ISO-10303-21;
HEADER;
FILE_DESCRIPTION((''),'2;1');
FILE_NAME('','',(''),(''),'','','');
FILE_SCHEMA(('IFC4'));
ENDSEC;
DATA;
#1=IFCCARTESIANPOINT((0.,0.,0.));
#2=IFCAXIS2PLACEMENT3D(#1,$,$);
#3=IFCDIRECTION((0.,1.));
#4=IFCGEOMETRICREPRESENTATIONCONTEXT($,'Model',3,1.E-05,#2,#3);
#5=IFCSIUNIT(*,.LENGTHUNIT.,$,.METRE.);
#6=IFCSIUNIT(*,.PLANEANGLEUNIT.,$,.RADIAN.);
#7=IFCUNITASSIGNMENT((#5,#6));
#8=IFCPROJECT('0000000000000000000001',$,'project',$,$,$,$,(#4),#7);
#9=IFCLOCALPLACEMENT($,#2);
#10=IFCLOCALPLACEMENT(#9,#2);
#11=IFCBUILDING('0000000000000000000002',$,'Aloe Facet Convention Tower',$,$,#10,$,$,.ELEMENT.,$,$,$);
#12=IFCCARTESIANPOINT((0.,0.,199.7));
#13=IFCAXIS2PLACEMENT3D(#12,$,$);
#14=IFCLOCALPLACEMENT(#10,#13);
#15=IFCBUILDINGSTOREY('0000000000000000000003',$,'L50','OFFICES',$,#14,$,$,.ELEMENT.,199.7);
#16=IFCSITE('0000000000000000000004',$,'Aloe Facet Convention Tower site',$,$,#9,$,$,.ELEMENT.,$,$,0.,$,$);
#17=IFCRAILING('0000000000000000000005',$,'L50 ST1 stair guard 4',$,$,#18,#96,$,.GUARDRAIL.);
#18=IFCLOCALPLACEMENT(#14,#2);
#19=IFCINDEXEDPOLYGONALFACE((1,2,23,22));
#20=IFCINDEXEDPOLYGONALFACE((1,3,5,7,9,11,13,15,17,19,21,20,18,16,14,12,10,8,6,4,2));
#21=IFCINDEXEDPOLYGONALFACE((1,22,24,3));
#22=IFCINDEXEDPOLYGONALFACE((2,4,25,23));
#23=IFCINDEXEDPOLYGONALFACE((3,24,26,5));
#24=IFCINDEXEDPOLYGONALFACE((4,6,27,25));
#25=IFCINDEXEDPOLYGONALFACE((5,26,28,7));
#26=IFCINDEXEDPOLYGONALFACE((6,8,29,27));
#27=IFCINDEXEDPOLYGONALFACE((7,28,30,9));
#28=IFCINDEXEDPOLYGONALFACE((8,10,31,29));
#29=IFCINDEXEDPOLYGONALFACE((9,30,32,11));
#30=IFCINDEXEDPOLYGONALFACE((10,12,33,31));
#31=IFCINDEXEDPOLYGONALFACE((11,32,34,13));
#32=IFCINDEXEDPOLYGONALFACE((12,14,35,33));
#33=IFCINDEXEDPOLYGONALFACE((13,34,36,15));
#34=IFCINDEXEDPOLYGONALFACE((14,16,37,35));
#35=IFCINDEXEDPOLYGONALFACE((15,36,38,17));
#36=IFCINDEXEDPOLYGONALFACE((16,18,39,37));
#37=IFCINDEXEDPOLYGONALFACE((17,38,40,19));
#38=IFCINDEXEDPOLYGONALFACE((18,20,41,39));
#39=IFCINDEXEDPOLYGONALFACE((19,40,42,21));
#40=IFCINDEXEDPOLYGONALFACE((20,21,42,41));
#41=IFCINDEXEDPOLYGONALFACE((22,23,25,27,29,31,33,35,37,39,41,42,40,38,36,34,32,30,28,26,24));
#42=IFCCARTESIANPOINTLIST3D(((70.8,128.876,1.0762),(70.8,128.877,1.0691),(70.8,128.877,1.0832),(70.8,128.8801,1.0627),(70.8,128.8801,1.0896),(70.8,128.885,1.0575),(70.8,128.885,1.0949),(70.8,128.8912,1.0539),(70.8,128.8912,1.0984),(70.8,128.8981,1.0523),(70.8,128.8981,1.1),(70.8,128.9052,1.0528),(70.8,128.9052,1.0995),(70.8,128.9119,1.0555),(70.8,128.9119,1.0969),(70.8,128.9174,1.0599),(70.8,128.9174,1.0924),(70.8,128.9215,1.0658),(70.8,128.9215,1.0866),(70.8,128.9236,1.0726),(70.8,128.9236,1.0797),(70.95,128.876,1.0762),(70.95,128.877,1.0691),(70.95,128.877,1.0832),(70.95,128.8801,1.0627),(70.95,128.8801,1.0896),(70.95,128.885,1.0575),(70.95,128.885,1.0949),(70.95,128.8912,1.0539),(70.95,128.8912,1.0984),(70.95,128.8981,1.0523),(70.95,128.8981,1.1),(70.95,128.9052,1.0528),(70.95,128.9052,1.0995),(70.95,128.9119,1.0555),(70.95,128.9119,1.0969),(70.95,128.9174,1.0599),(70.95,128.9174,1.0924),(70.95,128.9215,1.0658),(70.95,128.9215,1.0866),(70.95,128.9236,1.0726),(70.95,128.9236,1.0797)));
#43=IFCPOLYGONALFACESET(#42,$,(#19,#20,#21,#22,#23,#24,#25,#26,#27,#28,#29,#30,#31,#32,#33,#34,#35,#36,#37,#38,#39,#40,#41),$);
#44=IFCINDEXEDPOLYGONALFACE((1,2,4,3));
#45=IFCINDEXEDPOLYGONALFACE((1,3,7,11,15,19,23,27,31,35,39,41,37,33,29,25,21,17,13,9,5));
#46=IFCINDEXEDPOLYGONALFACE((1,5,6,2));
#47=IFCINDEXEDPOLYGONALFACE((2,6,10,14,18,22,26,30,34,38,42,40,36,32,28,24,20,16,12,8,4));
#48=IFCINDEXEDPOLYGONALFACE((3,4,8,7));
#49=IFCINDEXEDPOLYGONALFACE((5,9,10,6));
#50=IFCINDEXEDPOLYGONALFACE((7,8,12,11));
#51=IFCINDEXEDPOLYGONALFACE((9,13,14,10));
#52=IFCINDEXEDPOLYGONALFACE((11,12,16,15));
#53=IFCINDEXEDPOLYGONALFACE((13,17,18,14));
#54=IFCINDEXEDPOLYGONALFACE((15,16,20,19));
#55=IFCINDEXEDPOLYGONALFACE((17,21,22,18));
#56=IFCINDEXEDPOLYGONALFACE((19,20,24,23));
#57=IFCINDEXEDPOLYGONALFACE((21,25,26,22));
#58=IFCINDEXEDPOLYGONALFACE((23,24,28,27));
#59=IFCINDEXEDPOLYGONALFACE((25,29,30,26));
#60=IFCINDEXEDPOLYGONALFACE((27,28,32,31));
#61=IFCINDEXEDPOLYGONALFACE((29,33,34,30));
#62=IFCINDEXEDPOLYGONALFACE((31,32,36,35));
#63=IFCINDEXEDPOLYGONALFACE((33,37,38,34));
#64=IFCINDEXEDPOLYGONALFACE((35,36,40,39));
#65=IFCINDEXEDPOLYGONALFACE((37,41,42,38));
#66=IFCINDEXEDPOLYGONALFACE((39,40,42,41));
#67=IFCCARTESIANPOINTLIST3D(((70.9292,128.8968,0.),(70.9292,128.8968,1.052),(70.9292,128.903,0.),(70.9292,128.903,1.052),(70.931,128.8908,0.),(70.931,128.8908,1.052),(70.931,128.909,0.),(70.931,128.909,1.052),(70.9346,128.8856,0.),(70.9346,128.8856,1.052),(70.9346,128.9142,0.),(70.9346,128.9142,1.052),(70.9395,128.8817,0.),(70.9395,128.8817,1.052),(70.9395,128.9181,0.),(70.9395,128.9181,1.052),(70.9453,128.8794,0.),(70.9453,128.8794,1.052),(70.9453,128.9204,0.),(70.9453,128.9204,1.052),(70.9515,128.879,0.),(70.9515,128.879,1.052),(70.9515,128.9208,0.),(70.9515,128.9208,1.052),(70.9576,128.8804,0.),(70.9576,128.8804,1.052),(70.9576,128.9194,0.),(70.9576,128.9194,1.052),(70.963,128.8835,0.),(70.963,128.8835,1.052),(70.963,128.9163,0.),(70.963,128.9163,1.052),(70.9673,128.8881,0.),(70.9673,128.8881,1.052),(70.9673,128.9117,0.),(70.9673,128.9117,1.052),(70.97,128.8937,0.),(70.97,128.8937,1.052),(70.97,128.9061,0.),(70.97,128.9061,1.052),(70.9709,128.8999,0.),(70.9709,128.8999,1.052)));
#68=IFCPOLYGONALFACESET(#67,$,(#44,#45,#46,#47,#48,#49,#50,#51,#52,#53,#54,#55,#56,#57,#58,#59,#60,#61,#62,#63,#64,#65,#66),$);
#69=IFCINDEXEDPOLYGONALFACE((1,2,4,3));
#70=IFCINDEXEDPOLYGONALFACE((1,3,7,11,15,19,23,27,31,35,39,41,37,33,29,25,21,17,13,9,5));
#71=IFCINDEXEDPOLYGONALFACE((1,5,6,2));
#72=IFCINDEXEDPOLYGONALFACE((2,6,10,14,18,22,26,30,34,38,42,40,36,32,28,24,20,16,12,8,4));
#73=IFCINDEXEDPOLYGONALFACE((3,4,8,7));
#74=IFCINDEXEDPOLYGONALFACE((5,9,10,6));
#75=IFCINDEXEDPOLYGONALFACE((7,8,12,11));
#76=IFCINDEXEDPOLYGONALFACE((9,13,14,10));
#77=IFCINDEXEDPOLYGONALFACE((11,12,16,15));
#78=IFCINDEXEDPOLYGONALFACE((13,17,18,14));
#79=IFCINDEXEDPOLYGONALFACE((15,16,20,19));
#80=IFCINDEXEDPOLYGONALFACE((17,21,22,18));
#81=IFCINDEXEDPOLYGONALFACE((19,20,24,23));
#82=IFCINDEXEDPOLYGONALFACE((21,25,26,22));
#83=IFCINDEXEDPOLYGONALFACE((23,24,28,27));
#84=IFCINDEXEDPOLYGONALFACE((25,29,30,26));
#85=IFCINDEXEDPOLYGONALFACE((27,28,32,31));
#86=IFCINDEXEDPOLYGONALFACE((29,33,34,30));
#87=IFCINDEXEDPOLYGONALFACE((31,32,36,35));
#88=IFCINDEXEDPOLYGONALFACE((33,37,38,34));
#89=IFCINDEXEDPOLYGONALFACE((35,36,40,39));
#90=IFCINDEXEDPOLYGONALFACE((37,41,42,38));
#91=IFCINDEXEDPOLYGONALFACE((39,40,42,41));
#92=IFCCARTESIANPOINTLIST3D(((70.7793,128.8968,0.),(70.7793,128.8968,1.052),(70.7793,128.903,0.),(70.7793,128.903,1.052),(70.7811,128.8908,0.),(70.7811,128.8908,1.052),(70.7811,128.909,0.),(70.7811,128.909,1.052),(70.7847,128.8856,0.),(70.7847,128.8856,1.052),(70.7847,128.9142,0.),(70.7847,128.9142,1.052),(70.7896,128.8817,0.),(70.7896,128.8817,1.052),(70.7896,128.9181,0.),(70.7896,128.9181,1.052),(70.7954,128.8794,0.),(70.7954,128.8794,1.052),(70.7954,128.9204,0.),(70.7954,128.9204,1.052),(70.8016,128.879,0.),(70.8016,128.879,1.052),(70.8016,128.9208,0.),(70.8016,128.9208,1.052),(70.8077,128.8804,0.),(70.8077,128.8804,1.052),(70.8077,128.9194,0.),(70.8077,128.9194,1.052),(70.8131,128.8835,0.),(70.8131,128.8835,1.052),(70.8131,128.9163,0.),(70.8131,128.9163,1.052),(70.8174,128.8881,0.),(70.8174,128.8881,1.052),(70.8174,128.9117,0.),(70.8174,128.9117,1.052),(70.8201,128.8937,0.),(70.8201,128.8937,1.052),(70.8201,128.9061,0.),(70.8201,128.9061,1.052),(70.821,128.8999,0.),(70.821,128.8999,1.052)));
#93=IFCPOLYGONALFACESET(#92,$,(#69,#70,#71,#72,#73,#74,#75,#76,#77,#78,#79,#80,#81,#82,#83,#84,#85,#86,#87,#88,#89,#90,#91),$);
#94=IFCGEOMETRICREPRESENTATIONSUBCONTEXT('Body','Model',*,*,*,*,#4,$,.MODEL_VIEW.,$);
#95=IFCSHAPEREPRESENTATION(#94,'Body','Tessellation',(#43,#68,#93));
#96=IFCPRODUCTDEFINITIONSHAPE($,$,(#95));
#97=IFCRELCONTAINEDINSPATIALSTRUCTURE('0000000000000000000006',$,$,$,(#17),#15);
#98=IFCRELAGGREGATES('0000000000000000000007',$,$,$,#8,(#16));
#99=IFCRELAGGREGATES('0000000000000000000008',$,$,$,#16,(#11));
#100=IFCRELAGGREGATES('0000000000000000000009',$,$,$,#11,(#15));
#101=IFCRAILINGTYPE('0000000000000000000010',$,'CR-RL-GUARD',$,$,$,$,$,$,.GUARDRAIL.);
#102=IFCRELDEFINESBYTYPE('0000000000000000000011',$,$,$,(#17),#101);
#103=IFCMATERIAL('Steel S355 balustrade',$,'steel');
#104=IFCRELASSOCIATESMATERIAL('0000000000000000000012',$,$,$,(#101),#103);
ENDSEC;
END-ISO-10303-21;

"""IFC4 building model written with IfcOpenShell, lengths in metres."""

from ifc_helpers import new_model, si_unit, direction, frame, origin, origin_2d, place, context, subcontext, project, spatial, circle, extrude, material, type_object, element, save


model = new_model("IFC4")

# Units and contexts
model_context = context("Model", 3, precision=1e-05, world=origin(), true_north=direction((0.0, 1.0)))
body_context = subcontext(model_context, "Body", "Model", "MODEL_VIEW")
ifc_project = project(units=[si_unit("LENGTHUNIT", "METRE"), si_unit("PLANEANGLEUNIT", "RADIAN")], contexts=[model_context])

# Site, building, storey
site_placement = place(None, origin())
site = spatial("IfcSite", under=ifc_project, at=site_placement, Name="Aloe Facet Convention Tower site", CompositionType="ELEMENT", RefElevation=0.0)
building_placement = place(site_placement, origin())
building = spatial("IfcBuilding", under=site, at=building_placement, Name="Aloe Facet Convention Tower", CompositionType="ELEMENT")
storey_placement = place(building_placement, frame((0.0, 0.0, 199.7)))
storey = spatial("IfcBuildingStorey", under=building, at=storey_placement, Name="L50", Description="OFFICES", CompositionType="ELEMENT", Elevation=199.7)

# Railing
ifc_material_1 = material(Name="Steel S355 balustrade", Category="steel")
railing_type_1 = type_object("IfcRailingType", Name="CR-RL-GUARD", PredefinedType="GUARDRAIL", material=ifc_material_1)
railing_1_placement = place(storey_placement, frame((70.95, 128.8999, 0.0)))
element("IfcRailing", 1, at=railing_1_placement, inside=storey, type_object=railing_type_1, Name="L50 ST1 stair guard 4", PredefinedType="GUARDRAIL", context=body_context, shape_type="SweptSolid", body=[
    extrude(circle(Radius=0.0239, at=origin_2d()), frame((0.0, 0.0, 1.0762), z_axis=(-1.0, 0.0, 0.0), x_axis=(0.0, -1.0, 0.0)), (0.0, 0.0, 1.0), 0.1499),
    extrude(circle(Radius=0.021, at=origin_2d()), origin(), (0.0, 0.0, 1.0), 1.052),
    extrude(circle(Radius=0.021, at=origin_2d()), frame((-0.1499, 0.0, 0.0)), (0.0, 0.0, 1.0), 1.052),
])

save(model, "model.ifc")
